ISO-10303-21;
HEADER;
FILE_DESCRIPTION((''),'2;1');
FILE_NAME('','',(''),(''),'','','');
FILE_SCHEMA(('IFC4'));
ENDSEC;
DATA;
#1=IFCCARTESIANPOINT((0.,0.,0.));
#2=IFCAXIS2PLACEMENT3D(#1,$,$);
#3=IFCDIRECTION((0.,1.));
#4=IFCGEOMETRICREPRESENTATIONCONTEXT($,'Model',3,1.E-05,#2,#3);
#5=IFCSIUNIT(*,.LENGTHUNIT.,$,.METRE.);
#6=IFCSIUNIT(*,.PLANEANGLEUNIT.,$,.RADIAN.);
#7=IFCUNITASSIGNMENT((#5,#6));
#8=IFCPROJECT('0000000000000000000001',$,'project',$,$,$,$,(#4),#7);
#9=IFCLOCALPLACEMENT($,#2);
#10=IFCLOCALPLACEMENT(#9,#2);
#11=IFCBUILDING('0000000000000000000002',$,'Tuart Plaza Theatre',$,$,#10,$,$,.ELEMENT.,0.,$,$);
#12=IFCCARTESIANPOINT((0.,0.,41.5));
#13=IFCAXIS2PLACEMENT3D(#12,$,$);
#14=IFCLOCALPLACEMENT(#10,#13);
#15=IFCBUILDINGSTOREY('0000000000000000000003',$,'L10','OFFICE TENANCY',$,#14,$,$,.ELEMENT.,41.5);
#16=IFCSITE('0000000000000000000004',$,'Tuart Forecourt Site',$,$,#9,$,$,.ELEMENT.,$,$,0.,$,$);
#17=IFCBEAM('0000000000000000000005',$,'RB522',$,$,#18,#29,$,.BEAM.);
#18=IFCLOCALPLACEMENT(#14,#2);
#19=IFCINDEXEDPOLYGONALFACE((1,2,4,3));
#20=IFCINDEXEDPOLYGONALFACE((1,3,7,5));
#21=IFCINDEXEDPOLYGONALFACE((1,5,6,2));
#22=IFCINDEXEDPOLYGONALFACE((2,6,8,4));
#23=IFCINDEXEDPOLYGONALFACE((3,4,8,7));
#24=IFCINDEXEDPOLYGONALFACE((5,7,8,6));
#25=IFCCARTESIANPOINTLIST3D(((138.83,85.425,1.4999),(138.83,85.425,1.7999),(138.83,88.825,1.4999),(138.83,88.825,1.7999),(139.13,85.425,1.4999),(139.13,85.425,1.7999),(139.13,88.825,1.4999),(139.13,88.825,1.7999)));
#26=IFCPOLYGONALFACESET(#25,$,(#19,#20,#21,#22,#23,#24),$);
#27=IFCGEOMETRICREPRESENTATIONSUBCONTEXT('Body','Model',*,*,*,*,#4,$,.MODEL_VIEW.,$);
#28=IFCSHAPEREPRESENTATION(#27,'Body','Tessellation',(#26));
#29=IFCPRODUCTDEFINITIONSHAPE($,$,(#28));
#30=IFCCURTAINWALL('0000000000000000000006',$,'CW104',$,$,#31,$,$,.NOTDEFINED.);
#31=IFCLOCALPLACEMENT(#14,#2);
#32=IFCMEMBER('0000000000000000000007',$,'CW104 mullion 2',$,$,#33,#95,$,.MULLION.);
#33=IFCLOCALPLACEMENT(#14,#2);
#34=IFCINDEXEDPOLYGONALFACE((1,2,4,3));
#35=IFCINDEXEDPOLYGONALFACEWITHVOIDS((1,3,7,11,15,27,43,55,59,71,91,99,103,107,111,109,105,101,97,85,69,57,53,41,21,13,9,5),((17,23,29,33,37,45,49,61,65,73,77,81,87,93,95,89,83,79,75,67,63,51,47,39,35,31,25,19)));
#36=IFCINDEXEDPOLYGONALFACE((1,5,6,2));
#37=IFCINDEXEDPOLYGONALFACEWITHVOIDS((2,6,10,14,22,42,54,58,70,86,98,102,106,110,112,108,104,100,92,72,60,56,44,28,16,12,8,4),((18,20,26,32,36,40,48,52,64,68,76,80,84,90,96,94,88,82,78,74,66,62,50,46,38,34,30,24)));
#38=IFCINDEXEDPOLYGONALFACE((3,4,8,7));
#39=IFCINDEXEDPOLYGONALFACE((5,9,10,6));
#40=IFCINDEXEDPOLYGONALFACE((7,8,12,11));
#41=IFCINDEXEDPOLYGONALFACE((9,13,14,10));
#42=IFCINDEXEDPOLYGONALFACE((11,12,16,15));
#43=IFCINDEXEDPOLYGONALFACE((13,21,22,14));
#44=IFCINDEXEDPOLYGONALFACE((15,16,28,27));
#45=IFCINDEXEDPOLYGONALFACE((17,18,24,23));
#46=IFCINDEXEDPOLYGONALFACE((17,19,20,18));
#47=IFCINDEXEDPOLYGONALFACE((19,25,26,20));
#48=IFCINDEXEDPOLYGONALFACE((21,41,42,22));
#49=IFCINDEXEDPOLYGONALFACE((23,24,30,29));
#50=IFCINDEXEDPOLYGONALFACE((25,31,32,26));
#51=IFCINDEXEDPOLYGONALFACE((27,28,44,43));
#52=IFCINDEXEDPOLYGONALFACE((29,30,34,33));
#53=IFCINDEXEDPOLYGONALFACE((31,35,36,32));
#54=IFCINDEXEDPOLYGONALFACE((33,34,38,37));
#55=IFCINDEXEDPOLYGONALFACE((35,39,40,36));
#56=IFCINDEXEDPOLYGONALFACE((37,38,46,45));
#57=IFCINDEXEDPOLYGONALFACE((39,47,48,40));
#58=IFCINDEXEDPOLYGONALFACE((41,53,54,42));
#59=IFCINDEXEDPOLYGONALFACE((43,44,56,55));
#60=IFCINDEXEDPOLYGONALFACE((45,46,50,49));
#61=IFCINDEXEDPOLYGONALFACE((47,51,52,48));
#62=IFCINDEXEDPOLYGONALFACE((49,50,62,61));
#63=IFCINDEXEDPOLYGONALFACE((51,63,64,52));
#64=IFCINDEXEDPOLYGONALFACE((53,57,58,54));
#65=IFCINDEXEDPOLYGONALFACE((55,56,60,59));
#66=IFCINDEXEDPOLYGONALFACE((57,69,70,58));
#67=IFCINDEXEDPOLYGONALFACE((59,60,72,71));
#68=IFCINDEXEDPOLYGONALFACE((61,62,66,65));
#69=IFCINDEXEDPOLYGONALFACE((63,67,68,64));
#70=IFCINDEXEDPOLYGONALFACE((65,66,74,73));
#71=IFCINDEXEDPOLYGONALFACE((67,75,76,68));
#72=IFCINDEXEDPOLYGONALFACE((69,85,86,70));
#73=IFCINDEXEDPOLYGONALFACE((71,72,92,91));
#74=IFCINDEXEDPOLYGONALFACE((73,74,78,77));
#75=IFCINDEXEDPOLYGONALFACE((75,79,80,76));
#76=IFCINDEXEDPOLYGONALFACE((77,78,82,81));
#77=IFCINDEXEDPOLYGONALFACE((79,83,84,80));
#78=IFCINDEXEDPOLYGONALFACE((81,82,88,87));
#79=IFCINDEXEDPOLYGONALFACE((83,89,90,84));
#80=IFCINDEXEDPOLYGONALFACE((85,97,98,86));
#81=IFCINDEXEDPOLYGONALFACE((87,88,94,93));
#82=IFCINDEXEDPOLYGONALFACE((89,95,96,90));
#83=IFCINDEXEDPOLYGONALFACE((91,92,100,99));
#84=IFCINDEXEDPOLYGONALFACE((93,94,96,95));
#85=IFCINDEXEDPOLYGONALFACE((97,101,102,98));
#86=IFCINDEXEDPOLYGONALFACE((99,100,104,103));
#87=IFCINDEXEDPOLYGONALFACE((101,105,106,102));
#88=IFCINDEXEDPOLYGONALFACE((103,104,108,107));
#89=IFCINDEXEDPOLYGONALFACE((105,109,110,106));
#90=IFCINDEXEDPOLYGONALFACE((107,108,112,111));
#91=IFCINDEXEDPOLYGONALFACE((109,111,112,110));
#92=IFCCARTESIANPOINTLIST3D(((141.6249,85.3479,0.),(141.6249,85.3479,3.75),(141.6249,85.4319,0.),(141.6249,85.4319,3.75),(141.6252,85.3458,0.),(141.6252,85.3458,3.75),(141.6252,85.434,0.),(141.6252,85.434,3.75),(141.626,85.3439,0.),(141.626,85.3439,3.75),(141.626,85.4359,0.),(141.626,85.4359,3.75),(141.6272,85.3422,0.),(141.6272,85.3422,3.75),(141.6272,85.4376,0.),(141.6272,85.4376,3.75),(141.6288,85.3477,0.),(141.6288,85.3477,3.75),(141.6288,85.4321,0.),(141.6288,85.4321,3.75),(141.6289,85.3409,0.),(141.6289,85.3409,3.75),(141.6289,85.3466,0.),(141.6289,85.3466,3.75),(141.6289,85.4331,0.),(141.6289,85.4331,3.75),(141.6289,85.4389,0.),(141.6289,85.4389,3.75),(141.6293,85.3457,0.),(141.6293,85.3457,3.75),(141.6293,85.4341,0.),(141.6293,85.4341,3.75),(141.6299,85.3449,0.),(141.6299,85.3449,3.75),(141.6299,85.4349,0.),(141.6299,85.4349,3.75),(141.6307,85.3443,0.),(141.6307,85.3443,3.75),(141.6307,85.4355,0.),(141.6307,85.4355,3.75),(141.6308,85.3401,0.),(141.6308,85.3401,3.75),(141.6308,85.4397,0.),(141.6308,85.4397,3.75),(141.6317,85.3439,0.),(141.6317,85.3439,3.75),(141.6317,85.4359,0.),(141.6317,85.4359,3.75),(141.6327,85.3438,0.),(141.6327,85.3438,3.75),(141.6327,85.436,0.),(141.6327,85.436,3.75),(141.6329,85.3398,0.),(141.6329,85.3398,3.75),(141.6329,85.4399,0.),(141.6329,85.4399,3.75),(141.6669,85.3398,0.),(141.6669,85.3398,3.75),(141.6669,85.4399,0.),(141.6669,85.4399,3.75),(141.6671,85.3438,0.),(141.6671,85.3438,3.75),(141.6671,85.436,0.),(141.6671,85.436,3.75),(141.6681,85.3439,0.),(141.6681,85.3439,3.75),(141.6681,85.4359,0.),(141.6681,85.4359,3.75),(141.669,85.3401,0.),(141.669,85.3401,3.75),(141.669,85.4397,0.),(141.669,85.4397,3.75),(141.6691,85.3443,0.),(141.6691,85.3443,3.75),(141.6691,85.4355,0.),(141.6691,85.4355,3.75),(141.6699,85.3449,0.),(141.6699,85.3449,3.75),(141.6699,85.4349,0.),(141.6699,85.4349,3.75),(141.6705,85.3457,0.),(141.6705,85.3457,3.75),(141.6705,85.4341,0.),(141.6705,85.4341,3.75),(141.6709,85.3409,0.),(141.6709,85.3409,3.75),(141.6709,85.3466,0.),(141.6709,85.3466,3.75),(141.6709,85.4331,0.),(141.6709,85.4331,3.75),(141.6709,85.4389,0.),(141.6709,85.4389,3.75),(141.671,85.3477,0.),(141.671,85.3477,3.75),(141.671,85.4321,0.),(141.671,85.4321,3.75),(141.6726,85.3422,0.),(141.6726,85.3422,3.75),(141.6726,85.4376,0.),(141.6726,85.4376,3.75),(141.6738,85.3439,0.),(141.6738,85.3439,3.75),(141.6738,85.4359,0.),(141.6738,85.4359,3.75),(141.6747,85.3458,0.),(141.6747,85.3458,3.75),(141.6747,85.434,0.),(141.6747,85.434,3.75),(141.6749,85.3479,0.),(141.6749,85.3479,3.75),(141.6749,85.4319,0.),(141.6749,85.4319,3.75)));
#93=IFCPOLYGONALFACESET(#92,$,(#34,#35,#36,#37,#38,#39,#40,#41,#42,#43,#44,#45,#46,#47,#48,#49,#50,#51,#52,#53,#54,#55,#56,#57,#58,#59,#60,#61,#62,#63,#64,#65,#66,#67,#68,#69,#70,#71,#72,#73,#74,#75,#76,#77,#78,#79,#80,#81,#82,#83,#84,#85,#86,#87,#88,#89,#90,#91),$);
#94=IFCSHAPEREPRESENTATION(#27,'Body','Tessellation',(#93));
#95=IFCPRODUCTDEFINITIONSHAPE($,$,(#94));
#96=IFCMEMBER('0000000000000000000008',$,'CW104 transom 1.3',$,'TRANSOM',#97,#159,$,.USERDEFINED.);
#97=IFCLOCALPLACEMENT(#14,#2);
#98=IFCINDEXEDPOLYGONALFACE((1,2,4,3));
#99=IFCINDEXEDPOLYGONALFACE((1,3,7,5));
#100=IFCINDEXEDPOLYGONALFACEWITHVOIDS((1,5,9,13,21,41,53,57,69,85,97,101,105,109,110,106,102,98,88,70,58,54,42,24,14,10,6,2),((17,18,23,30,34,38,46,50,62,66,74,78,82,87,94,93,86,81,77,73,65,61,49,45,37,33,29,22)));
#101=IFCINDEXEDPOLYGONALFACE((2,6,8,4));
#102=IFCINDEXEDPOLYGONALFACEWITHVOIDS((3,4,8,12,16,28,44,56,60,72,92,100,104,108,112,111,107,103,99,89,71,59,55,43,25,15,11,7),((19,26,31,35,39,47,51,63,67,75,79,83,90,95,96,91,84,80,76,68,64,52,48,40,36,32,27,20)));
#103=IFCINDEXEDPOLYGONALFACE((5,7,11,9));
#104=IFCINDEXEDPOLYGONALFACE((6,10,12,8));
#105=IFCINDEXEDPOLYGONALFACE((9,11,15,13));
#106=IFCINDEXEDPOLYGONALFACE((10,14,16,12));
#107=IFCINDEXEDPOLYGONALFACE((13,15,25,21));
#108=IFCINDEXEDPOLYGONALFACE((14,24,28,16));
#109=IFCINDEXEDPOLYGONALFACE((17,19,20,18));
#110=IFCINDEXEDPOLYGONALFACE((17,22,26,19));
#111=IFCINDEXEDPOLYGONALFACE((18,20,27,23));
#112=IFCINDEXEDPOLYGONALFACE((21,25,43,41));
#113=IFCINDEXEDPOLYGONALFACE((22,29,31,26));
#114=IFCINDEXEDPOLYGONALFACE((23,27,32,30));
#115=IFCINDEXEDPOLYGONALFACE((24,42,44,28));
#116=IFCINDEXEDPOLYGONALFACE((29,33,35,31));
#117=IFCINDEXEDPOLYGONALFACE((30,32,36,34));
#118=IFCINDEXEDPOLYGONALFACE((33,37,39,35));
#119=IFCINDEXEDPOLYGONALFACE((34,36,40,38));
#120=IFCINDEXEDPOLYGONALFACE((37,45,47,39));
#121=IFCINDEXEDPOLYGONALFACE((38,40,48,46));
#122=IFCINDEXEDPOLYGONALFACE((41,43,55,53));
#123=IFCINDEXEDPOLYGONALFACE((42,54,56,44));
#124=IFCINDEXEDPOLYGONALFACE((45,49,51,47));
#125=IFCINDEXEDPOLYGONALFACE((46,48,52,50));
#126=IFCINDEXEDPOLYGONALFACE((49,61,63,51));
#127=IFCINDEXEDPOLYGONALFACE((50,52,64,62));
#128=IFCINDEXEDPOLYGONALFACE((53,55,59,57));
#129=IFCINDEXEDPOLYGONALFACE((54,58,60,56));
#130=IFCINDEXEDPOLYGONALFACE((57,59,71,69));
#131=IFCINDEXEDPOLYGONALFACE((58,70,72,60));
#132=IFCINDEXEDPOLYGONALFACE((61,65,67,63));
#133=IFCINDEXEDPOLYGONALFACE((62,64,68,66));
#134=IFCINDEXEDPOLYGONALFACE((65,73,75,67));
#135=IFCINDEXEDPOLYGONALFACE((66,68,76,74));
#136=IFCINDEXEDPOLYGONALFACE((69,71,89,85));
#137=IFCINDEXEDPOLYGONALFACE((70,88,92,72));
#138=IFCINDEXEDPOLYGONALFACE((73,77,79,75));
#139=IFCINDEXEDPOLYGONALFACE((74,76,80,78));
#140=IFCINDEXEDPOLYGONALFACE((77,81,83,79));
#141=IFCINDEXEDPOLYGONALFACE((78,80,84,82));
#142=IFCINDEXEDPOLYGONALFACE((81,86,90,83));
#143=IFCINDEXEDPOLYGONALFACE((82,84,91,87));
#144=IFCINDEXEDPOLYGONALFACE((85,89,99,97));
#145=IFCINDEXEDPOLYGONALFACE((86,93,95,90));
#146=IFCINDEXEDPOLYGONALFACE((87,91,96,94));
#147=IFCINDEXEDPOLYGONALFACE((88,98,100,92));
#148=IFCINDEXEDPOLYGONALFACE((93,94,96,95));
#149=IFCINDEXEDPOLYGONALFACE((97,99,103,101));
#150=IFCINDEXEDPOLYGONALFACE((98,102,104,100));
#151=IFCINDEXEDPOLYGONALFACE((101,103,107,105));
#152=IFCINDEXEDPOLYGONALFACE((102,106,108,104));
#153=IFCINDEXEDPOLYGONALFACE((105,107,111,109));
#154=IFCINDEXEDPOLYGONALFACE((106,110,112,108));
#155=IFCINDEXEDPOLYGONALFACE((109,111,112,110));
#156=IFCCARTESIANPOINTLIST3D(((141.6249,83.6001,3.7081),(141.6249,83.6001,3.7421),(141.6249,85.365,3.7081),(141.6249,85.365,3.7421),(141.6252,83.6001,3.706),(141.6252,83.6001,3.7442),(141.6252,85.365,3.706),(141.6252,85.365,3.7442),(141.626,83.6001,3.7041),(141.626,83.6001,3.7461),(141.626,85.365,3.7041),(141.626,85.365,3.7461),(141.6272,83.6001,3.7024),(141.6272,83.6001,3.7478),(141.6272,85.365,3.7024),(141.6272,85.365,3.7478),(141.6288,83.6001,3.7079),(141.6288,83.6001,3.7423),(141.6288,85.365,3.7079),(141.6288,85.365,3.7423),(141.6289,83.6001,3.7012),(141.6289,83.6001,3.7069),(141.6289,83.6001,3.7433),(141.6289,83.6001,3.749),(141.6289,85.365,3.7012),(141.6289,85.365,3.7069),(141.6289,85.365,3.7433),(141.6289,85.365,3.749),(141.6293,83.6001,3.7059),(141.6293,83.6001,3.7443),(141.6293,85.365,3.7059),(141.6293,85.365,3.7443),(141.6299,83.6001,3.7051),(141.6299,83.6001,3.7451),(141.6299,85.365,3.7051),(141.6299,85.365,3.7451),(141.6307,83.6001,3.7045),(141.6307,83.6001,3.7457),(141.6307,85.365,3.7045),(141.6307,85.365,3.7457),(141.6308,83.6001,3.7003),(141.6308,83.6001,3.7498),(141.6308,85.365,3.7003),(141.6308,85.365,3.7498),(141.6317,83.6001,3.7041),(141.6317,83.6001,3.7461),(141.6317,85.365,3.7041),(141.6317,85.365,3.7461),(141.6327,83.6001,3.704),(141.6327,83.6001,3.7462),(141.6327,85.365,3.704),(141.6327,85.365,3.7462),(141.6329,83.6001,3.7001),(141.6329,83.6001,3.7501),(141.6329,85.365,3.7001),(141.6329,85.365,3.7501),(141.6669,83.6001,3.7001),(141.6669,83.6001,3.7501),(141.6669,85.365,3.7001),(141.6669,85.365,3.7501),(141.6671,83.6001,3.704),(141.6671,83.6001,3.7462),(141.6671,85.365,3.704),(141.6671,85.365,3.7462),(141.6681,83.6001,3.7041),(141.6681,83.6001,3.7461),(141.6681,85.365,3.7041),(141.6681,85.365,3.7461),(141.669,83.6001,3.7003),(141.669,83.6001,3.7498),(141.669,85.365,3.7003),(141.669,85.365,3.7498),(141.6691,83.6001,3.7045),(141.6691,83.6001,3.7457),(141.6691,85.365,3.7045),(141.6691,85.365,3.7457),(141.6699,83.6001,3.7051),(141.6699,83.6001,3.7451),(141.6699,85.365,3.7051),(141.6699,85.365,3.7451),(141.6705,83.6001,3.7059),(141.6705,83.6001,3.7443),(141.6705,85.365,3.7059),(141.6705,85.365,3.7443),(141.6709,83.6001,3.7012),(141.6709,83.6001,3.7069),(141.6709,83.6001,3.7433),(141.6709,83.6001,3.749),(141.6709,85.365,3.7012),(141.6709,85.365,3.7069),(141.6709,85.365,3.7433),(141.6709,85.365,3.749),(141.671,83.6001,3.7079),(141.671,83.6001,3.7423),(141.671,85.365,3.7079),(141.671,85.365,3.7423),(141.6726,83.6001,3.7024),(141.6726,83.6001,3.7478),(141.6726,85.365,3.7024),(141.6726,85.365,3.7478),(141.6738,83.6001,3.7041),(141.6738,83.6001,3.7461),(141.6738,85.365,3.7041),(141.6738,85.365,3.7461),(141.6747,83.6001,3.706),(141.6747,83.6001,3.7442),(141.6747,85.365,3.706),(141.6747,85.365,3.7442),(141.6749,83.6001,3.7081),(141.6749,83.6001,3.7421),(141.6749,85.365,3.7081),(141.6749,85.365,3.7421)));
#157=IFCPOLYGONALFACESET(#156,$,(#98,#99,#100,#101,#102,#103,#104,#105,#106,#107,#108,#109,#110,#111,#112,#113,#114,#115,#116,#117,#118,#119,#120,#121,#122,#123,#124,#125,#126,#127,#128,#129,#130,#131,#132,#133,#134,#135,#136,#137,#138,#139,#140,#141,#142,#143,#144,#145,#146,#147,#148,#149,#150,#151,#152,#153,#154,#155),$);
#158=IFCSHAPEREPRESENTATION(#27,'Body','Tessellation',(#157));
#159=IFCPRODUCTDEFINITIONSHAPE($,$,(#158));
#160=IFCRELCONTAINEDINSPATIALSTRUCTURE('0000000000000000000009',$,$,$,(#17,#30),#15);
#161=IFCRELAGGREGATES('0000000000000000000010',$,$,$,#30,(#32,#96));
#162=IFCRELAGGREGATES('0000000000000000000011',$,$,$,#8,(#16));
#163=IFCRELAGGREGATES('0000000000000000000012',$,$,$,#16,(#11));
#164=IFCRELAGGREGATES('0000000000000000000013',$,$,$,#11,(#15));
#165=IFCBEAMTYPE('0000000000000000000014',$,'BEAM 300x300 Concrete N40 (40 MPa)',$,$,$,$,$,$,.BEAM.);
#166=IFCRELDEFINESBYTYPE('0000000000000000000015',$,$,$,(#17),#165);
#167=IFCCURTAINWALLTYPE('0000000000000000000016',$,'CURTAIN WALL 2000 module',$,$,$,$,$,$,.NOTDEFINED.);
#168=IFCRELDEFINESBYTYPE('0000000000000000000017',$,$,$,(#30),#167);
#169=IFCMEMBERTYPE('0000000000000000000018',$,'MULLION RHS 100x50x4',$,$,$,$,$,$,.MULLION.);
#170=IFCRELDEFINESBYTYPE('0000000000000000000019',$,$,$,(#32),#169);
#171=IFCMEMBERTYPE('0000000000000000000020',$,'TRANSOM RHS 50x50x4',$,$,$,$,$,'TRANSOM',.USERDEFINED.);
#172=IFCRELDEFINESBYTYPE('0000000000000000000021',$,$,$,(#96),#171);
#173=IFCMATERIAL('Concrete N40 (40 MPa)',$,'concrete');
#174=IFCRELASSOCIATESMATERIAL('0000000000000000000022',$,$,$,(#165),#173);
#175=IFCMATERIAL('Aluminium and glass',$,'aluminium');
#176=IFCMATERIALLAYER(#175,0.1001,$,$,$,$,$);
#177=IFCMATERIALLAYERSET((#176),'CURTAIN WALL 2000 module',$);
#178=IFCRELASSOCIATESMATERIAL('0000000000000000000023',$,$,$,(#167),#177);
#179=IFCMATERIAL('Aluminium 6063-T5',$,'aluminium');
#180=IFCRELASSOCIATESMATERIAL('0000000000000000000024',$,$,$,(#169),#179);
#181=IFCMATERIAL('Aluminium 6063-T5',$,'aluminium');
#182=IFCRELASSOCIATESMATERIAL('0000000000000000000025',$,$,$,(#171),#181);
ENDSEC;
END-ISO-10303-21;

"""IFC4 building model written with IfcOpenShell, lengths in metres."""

from ifc_helpers import new_model, si_unit, direction, frame, origin, origin_2d, place, context, subcontext, project, spatial, rectangle, hollow_rectangle, extrude, material, layer, layer_set, material_profile, profile_set, type_object, element, aggregate, save


model = new_model("IFC4")

# Units and contexts
model_context = context("Model", 3, precision=1e-05, world=origin(), true_north=direction((0.0, 1.0)))
body_context = subcontext(model_context, "Body", "Model", "MODEL_VIEW")
ifc_project = project(units=[si_unit("LENGTHUNIT", "METRE"), si_unit("PLANEANGLEUNIT", "RADIAN")], contexts=[model_context])

# Site, building, storey
site_placement = place(None, origin())
site = spatial("IfcSite", under=ifc_project, at=site_placement, Name="Tuart Forecourt Site", CompositionType="ELEMENT", RefElevation=0.0)
building_placement = place(site_placement, origin())
building = spatial("IfcBuilding", under=site, at=building_placement, Name="Tuart Plaza Theatre", CompositionType="ELEMENT", ElevationOfRefHeight=0.0)
storey_placement = place(building_placement, frame((0.0, 0.0, 41.5)))
storey = spatial("IfcBuildingStorey", under=building, at=storey_placement, Name="L10", Description="OFFICE TENANCY", CompositionType="ELEMENT", Elevation=41.5)

# Beam
ifc_material_1 = material(Name="Concrete N40 (40 MPa)", Category="concrete")
ifc_material_profile_1 = material_profile(ifc_material_1, rectangle(XDim=0.3, YDim=0.3, at=origin_2d()), Name="BEAM 300x300 Concrete N40 (40 MPa)")
ifc_profile_set_1 = profile_set([ifc_material_profile_1], Name="Concrete N40 (40 MPa)")
beam_type = type_object("IfcBeamType", Name="BEAM 300x300 Concrete N40 (40 MPa)", PredefinedType="BEAM", material=ifc_profile_set_1)
beam_placement = place(storey_placement, frame((138.98, 85.425, 1.6499), z_axis=(0.0, 1.0, 0.0), x_axis=(-1.0, 0.0, 0.0)))
element("IfcBeam", 1, at=beam_placement, inside=storey, type_object=beam_type, Name="RB522", PredefinedType="BEAM", context=body_context, shape_type="SweptSolid", body=[
    extrude(rectangle(XDim=0.3, YDim=0.3, at=origin_2d()), origin(), (0.0, 0.0, 1.0), 3.3999),
])

# Curtain wall, members
ifc_material_2 = material(Name="Aluminium and glass", Category="aluminium")
ifc_layer_1 = layer(ifc_material_2, 0.1001)
ifc_layer_set_1 = layer_set([ifc_layer_1], Name="CURTAIN WALL 2000 module")
curtain_wall_type = type_object("IfcCurtainWallType", Name="CURTAIN WALL 2000 module", PredefinedType="NOTDEFINED", material=ifc_layer_set_1)
curtain_wall_placement = place(storey_placement, origin())
curtain_wall = element("IfcCurtainWall", 2, at=curtain_wall_placement, inside=storey, type_object=curtain_wall_type, Name="CW104", PredefinedType="NOTDEFINED")
ifc_material_3 = material(Name="Aluminium 6063-T5", Category="aluminium")
ifc_material_profile_2 = material_profile(ifc_material_3, hollow_rectangle(XDim=0.05, YDim=0.1001, WallThickness=0.0039, InnerFilletRadius=0.0039, OuterFilletRadius=0.0081, at=origin_2d()), Name="RHS 100x50x4")
ifc_profile_set_2 = profile_set([ifc_material_profile_2], Name="Aluminium 6063-T5")
member_type_1 = type_object("IfcMemberType", Name="MULLION RHS 100x50x4", PredefinedType="MULLION", material=ifc_profile_set_2)
member_1_placement = place(storey_placement, frame((141.6499, 85.3899, 0.0), z_axis=(0.0, 0.0, 1.0), x_axis=(-1.0, 0.0, 0.0)))
member_1 = element("IfcMember", 3, at=member_1_placement, type_object=member_type_1, Name="CW104 mullion 2", PredefinedType="MULLION", context=body_context, shape_type="SweptSolid", body=[
    extrude(hollow_rectangle(XDim=0.05, YDim=0.1001, WallThickness=0.0039, InnerFilletRadius=0.0039, OuterFilletRadius=0.0081, at=origin_2d()), origin(), (0.0, 0.0, 1.0), 3.75),
])
ifc_material_4 = material(Name="Aluminium 6063-T5", Category="aluminium")
ifc_material_profile_3 = material_profile(ifc_material_4, hollow_rectangle(XDim=0.05, YDim=0.05, WallThickness=0.0039, InnerFilletRadius=0.0039, OuterFilletRadius=0.0081, at=origin_2d()), Name="RHS 50x50x4")
ifc_profile_set_3 = profile_set([ifc_material_profile_3], Name="Aluminium 6063-T5")
member_type_2 = type_object("IfcMemberType", Name="TRANSOM RHS 50x50x4", ElementType="TRANSOM", PredefinedType="USERDEFINED", material=ifc_profile_set_3)
member_2_placement = place(storey_placement, frame((141.6499, 83.6001, 3.7251), z_axis=(0.0, 1.0, 0.0), x_axis=(-1.0, 0.0, 0.0)))
member_2 = element("IfcMember", 4, at=member_2_placement, type_object=member_type_2, Name="CW104 transom 1.3", ObjectType="TRANSOM", PredefinedType="USERDEFINED", context=body_context, shape_type="SweptSolid", body=[
    extrude(hollow_rectangle(XDim=0.05, YDim=0.05, WallThickness=0.0039, InnerFilletRadius=0.0039, OuterFilletRadius=0.0081, at=origin_2d()), origin(), (0.0, 0.0, 1.0), 1.7649),
])
aggregate(curtain_wall, [member_1, member_2])

save(model, "model.ifc")
